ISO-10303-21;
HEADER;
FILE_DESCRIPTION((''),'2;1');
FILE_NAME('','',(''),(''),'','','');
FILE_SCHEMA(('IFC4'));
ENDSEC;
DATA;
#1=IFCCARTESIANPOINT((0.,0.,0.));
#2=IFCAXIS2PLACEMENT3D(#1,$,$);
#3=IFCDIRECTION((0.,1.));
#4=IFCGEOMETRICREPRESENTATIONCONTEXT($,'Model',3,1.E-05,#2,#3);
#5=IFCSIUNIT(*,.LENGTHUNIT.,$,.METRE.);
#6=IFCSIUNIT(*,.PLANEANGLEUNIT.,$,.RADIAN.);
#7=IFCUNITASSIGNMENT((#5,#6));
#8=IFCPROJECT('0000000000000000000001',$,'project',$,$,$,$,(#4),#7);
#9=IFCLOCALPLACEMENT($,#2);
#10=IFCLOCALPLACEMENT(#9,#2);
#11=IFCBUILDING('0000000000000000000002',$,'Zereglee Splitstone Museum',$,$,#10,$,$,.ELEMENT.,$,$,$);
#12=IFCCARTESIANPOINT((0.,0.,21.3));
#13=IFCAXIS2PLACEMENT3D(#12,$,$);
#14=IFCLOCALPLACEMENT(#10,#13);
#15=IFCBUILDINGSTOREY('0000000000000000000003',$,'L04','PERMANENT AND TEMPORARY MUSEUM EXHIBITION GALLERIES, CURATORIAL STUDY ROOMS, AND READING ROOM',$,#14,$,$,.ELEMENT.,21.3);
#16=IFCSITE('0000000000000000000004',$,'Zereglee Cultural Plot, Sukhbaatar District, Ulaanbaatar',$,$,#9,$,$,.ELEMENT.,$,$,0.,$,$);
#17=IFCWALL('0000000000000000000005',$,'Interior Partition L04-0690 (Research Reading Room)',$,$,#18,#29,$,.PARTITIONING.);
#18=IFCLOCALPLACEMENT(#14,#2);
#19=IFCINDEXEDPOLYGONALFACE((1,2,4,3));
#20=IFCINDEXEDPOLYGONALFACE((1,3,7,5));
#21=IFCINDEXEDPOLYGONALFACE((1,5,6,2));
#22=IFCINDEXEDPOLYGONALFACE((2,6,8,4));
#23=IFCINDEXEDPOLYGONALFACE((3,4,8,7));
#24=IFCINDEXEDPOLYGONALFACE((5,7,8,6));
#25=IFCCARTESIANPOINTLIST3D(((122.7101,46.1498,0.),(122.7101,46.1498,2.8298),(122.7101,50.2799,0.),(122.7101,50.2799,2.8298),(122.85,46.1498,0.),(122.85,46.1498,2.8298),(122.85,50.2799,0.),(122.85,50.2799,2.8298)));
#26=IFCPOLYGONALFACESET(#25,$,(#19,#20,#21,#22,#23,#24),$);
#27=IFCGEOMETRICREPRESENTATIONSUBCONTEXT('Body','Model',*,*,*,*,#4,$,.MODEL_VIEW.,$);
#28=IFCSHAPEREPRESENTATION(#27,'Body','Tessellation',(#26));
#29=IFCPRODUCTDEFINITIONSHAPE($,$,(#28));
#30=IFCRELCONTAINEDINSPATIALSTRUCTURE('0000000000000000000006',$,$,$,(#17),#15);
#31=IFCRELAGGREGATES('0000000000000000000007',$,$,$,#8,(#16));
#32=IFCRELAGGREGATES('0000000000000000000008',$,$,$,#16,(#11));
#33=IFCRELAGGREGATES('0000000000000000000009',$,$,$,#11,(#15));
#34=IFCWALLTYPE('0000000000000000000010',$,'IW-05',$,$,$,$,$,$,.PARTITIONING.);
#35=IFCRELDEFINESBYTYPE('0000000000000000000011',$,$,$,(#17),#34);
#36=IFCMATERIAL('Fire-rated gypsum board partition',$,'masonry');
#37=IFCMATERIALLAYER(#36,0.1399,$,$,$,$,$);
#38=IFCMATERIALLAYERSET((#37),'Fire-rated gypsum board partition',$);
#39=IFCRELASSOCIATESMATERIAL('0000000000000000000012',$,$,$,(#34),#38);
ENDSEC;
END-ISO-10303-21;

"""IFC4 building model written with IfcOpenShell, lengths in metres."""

from ifc_helpers import new_model, si_unit, direction, frame, frame_2d, origin, place, context, subcontext, project, spatial, rectangle, extrude, material, layer, layer_set, type_object, element, save


model = new_model("IFC4")

# Units and contexts
model_context = context("Model", 3, precision=1e-05, world=origin(), true_north=direction((0.0, 1.0)))
body_context = subcontext(model_context, "Body", "Model", "MODEL_VIEW")
ifc_project = project(units=[si_unit("LENGTHUNIT", "METRE"), si_unit("PLANEANGLEUNIT", "RADIAN")], contexts=[model_context])

# Site, building, storey
site_placement = place(None, origin())
site = spatial("IfcSite", under=ifc_project, at=site_placement, Name="Zereglee Cultural Plot, Sukhbaatar District, Ulaanbaatar", CompositionType="ELEMENT", RefElevation=0.0)
building_placement = place(site_placement, origin())
building = spatial("IfcBuilding", under=site, at=building_placement, Name="Zereglee Splitstone Museum", CompositionType="ELEMENT")
storey_placement = place(building_placement, frame((0.0, 0.0, 21.3)))
storey = spatial("IfcBuildingStorey", under=building, at=storey_placement, Name="L04", Description="PERMANENT AND TEMPORARY MUSEUM EXHIBITION GALLERIES, CURATORIAL STUDY ROOMS, AND READING ROOM", CompositionType="ELEMENT", Elevation=21.3)

# Wall
ifc_material_1 = material(Name="Fire-rated gypsum board partition", Category="masonry")
ifc_layer_1 = layer(ifc_material_1, 0.1399)
ifc_layer_set_1 = layer_set([ifc_layer_1], Name="Fire-rated gypsum board partition")
wall_type_1 = type_object("IfcWallType", Name="IW-05", PredefinedType="PARTITIONING", material=ifc_layer_set_1)
wall_1_placement = place(storey_placement, frame((122.78, 46.1499, 0.0), z_axis=(0.0, 0.0, 1.0), x_axis=(0.0, 1.0, 0.0)))
element("IfcWall", 1, at=wall_1_placement, inside=storey, type_object=wall_type_1, Name="Interior Partition L04-0690 (Research Reading Room)", PredefinedType="PARTITIONING", context=body_context, shape_type="SweptSolid", body=[
    extrude(rectangle(XDim=4.1301, YDim=0.1399, at=frame_2d((2.0649, 0.0))), origin(), (0.0, 0.0, 1.0), 2.8298),
])

save(model, "model.ifc")
